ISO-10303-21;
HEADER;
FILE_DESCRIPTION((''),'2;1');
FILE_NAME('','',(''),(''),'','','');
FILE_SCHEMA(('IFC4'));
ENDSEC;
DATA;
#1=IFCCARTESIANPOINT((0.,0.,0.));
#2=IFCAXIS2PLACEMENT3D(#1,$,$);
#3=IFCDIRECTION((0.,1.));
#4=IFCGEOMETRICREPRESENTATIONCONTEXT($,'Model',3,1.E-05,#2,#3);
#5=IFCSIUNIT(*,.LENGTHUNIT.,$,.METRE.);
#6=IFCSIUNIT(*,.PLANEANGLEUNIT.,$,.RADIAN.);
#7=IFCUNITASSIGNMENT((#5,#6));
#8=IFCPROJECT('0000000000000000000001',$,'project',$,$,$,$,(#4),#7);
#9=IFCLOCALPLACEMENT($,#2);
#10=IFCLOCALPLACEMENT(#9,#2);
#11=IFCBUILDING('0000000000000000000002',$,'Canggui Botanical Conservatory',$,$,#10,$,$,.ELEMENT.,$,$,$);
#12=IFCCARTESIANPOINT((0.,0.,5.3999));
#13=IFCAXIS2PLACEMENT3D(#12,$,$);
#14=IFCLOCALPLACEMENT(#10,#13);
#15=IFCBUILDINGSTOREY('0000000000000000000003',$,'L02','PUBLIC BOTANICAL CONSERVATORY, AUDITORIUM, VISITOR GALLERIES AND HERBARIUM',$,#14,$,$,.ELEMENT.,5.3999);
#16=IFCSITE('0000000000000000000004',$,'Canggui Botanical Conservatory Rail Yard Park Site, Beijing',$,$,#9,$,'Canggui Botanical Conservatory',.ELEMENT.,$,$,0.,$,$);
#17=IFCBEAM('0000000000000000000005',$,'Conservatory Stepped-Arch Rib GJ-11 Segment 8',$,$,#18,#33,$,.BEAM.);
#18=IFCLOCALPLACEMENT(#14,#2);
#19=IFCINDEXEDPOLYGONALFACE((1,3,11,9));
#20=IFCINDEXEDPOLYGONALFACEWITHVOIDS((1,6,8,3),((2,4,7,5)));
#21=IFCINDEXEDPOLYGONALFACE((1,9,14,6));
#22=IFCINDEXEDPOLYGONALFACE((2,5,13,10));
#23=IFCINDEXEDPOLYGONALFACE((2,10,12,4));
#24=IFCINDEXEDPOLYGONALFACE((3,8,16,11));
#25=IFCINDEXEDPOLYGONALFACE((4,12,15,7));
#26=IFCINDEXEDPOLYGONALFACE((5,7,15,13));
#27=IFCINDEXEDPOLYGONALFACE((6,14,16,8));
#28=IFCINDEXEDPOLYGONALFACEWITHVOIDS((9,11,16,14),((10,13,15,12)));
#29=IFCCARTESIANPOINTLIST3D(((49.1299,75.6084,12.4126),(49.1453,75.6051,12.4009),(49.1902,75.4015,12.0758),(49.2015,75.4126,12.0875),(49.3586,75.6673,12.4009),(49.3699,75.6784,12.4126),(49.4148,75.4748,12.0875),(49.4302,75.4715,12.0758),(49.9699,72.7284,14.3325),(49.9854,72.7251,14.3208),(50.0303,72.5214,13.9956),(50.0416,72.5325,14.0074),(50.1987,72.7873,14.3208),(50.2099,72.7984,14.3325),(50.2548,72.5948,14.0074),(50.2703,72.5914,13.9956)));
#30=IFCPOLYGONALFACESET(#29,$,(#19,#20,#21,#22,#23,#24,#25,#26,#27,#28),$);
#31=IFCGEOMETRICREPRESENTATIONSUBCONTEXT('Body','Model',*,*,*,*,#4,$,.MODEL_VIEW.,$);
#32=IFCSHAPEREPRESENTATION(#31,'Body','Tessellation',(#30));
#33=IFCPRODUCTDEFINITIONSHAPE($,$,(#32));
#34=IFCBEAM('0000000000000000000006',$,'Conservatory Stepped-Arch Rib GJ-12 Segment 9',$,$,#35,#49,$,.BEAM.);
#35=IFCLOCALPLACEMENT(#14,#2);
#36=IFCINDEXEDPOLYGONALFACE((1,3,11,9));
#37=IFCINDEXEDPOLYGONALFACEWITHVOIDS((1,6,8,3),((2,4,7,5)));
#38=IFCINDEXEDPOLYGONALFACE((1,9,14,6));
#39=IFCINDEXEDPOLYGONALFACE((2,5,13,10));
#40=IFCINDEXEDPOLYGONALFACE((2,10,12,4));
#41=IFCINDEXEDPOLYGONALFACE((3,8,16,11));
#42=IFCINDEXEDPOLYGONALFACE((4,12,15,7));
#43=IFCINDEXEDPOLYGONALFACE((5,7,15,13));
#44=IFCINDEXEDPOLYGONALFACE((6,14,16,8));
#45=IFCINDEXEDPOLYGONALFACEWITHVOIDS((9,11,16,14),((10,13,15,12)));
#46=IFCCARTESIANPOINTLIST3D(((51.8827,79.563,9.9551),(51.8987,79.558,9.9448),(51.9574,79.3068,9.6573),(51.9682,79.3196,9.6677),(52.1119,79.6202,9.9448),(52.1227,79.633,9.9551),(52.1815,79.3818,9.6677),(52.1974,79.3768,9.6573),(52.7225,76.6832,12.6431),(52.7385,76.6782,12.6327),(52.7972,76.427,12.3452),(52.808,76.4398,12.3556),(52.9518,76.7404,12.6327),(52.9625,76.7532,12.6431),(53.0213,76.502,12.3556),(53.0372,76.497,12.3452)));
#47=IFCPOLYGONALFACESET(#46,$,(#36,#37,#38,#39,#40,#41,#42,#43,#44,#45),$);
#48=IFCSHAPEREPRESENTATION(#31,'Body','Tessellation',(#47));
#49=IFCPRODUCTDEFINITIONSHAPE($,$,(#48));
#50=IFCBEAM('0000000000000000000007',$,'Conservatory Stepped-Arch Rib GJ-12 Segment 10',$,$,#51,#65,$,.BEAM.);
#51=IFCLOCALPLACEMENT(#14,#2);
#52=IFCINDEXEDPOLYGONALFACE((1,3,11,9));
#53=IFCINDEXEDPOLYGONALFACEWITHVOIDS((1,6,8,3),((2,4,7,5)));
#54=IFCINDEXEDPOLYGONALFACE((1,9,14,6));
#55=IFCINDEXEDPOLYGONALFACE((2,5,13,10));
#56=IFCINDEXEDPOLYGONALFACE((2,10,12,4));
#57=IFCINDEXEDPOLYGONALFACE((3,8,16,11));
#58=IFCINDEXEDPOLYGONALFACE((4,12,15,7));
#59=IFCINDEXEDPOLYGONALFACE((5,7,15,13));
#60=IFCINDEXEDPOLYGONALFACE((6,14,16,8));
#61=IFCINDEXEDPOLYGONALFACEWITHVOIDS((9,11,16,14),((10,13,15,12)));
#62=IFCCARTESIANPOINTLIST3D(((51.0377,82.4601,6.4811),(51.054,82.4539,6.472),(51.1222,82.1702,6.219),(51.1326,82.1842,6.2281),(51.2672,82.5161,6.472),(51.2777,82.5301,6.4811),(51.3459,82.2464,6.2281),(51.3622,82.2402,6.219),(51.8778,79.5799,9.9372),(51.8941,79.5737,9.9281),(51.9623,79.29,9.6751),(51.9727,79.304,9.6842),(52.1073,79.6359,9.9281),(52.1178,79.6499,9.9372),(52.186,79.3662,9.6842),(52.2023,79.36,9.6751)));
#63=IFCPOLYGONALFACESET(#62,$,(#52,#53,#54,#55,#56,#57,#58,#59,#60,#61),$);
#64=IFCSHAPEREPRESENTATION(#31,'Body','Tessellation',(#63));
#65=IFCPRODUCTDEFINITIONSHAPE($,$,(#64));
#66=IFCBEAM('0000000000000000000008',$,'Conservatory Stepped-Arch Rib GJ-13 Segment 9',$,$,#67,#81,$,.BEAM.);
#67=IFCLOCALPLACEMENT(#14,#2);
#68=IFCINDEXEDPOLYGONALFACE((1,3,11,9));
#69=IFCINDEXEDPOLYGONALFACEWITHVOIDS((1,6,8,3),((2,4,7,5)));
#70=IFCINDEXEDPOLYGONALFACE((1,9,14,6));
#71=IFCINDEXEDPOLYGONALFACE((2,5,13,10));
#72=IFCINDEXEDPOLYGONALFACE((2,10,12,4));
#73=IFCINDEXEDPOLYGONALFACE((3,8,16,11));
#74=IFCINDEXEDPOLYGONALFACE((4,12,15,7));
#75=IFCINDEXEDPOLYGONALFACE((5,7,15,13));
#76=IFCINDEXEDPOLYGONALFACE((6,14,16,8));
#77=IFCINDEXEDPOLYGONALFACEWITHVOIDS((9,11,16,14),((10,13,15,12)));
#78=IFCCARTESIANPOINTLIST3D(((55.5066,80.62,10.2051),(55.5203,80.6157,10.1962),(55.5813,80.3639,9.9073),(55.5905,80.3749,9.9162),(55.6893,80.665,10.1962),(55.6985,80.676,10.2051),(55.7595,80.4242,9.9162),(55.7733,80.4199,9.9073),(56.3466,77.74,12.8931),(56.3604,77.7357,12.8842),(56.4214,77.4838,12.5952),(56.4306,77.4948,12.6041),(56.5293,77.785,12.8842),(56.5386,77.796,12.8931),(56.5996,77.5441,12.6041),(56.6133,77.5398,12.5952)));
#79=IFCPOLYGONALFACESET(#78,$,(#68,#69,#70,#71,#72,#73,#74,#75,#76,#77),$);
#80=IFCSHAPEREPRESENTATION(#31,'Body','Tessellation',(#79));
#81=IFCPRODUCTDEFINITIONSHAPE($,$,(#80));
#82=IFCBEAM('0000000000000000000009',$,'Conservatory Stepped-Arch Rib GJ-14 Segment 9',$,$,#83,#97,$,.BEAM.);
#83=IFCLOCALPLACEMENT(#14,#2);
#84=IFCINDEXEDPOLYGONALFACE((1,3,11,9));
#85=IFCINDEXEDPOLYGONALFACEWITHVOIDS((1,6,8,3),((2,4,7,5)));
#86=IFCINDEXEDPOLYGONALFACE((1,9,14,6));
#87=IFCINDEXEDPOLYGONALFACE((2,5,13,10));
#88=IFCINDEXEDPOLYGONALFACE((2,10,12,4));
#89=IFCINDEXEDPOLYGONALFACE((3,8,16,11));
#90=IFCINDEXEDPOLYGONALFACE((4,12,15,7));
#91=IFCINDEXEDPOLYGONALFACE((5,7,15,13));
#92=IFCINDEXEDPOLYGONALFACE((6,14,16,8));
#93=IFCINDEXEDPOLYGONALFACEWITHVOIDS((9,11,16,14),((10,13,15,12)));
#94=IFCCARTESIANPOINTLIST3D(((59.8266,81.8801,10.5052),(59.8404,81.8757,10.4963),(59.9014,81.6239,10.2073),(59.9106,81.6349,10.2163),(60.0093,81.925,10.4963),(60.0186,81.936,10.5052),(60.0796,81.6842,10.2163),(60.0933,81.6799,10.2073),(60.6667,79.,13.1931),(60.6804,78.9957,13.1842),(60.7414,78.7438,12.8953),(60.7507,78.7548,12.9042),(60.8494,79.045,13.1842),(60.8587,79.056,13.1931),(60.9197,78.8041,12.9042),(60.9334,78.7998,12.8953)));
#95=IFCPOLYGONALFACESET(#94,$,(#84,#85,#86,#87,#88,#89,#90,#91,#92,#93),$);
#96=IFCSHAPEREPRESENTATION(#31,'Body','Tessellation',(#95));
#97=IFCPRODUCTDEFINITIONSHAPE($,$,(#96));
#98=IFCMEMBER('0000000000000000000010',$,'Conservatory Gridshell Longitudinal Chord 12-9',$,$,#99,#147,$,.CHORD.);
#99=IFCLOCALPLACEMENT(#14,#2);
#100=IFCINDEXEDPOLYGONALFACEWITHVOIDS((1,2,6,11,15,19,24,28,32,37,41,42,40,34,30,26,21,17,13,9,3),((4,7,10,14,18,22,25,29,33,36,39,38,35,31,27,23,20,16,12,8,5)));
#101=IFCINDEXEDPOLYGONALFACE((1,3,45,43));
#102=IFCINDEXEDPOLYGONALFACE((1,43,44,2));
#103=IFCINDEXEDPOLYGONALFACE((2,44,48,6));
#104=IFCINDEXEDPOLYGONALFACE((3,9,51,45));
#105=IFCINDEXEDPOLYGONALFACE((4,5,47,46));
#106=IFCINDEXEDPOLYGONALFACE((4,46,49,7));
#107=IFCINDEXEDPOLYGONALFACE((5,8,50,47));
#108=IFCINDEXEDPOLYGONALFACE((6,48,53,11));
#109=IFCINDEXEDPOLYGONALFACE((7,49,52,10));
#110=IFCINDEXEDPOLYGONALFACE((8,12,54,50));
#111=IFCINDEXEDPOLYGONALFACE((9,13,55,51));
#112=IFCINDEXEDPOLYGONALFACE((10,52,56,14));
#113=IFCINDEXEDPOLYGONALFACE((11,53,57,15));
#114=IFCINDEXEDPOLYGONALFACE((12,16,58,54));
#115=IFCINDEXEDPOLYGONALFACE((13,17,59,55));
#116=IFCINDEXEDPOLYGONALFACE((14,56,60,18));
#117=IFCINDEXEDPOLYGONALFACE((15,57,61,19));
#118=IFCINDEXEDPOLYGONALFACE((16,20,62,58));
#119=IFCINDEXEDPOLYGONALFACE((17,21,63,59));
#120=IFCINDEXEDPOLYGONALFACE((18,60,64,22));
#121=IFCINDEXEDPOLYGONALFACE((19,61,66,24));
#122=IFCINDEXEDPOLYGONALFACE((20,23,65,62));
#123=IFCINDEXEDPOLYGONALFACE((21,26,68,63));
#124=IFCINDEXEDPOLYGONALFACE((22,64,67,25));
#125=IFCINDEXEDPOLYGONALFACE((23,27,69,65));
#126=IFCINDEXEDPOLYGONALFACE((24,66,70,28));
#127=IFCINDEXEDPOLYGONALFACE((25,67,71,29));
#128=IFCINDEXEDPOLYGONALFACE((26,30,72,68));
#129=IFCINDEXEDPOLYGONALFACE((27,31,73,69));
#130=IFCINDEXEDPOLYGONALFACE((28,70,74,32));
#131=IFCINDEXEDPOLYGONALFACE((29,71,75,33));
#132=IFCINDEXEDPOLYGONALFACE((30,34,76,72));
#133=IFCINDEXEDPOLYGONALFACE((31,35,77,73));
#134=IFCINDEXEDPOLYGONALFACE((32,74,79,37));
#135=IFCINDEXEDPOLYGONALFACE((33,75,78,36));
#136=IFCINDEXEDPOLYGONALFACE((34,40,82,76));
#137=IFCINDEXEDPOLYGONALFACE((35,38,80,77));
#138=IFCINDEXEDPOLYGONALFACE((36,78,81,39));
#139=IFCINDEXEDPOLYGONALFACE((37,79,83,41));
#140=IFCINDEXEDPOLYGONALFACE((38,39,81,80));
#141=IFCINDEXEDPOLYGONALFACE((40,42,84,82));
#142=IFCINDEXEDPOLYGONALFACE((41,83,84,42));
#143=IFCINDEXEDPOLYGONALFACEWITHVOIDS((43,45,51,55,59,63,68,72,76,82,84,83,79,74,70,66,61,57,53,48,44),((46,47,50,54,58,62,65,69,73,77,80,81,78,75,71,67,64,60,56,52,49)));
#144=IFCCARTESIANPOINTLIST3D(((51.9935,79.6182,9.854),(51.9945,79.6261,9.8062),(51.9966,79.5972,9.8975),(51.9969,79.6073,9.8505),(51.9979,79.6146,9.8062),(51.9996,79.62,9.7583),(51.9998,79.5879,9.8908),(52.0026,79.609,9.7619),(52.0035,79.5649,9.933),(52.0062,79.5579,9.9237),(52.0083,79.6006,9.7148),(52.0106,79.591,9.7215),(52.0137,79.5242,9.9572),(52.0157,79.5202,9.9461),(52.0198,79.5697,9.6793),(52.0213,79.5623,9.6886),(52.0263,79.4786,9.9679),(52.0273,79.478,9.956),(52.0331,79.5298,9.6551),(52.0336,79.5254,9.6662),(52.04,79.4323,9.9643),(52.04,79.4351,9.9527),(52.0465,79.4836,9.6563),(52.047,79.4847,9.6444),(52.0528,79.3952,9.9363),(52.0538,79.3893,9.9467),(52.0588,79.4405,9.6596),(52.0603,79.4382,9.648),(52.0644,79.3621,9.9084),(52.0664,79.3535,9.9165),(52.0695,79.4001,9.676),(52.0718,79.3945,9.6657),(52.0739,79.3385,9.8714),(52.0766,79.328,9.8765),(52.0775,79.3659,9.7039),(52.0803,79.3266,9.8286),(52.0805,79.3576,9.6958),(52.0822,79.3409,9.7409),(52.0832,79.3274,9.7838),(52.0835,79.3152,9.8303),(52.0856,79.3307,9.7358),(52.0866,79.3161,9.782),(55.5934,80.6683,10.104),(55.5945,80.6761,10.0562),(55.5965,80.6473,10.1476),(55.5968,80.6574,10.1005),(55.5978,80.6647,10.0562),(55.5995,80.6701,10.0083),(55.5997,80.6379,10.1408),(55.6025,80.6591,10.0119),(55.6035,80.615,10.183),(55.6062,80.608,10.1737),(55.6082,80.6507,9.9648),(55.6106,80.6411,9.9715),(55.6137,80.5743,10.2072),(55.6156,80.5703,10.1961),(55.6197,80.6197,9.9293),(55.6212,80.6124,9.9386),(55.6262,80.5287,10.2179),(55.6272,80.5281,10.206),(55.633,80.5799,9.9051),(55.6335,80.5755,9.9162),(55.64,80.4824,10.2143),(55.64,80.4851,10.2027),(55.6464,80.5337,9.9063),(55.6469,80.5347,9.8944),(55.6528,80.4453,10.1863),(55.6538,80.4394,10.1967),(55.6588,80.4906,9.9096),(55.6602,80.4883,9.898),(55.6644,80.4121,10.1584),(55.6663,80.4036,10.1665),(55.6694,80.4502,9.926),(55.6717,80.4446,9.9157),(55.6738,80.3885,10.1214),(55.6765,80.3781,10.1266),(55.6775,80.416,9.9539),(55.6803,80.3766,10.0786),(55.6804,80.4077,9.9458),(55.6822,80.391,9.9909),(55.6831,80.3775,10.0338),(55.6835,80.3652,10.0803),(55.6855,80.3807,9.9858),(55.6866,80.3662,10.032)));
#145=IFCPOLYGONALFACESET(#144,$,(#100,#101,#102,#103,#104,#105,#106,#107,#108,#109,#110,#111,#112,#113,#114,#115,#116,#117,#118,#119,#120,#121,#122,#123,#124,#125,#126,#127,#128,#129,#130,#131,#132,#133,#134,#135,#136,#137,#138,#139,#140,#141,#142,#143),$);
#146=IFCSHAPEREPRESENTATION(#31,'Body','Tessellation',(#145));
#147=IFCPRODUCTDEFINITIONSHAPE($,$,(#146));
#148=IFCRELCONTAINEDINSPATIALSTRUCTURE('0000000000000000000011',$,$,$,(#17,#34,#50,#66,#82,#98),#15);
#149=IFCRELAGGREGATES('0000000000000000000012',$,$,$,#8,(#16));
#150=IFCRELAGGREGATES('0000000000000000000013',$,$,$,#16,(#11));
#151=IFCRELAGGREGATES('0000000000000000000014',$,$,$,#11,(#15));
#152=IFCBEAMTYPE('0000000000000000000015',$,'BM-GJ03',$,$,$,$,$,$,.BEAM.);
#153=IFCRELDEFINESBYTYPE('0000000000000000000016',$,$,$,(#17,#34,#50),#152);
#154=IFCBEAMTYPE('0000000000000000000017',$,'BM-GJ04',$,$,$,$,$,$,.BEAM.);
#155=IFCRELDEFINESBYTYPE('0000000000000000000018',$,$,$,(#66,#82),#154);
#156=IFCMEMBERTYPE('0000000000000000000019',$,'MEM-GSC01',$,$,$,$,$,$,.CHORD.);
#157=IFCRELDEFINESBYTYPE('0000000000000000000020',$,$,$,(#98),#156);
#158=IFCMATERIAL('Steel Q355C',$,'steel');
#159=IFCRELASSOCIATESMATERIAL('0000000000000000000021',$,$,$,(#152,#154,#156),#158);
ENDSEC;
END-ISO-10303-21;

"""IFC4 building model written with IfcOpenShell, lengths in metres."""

from ifc_helpers import new_model, si_unit, direction, frame, origin, origin_2d, place, context, subcontext, project, spatial, hollow_rectangle, hollow_circle, extrude, material, material_profile, profile_set, type_object, element, save


model = new_model("IFC4")

# Units and contexts
model_context = context("Model", 3, precision=1e-05, world=origin(), true_north=direction((0.0, 1.0)))
body_context = subcontext(model_context, "Body", "Model", "MODEL_VIEW")
ifc_project = project(units=[si_unit("LENGTHUNIT", "METRE"), si_unit("PLANEANGLEUNIT", "RADIAN")], contexts=[model_context])

# Site, building, storey
site_placement = place(None, origin())
site = spatial("IfcSite", under=ifc_project, at=site_placement, Name="Canggui Botanical Conservatory Rail Yard Park Site, Beijing", LongName="Canggui Botanical Conservatory", CompositionType="ELEMENT", RefElevation=0.0)
building_placement = place(site_placement, origin())
building = spatial("IfcBuilding", under=site, at=building_placement, Name="Canggui Botanical Conservatory", CompositionType="ELEMENT")
storey_placement = place(building_placement, frame((0.0, 0.0, 5.3999)))
storey = spatial("IfcBuildingStorey", under=building, at=storey_placement, Name="L02", Description="PUBLIC BOTANICAL CONSERVATORY, AUDITORIUM, VISITOR GALLERIES AND HERBARIUM", CompositionType="ELEMENT", Elevation=5.3999)

# Beams
ifc_material_1 = material(Name="Steel Q355C", Category="steel")
ifc_material_profile_1 = material_profile(ifc_material_1, hollow_rectangle(XDim=0.25, YDim=0.3999, WallThickness=0.0139, at=origin_2d()), Name="RHS 250x400x14")
ifc_profile_set_1 = profile_set([ifc_material_profile_1], Name="Steel Q355C")
beam_type_1 = type_object("IfcBeamType", Name="BM-GJ03", PredefinedType="BEAM", material=ifc_profile_set_1)
beam_1_placement = place(storey_placement, frame((50.1201, 72.6599, 14.1641), z_axis=(-0.235855, 0.808598, -0.539019), x_axis=(-0.959995, -0.280016, 0.0)))
element("IfcBeam", 1, at=beam_1_placement, inside=storey, type_object=beam_type_1, Name="Conservatory Stepped-Arch Rib GJ-11 Segment 8", PredefinedType="BEAM", context=body_context, shape_type="SweptSolid", body=[
    extrude(hollow_rectangle(XDim=0.25, YDim=0.3999, WallThickness=0.0139, at=origin_2d()), origin(), (0.0, 0.0, 1.0), 3.5618),
])
beam_2_placement = place(storey_placement, frame((52.8799, 76.5901, 12.4941), z_axis=(-0.208504, 0.714976, -0.667335), x_axis=(-0.960011, -0.279962, 0.0)))
element("IfcBeam", 2, at=beam_2_placement, inside=storey, type_object=beam_type_1, Name="Conservatory Stepped-Arch Rib GJ-12 Segment 9", PredefinedType="BEAM", context=body_context, shape_type="SweptSolid", body=[
    extrude(hollow_rectangle(XDim=0.25, YDim=0.3999, WallThickness=0.0139, at=origin_2d()), origin(), (0.0, 0.0, 1.0), 4.0278),
])
beam_3_placement = place(storey_placement, frame((52.04, 79.47, 9.8062), z_axis=(-0.183562, 0.629317, -0.755159), x_axis=(-0.959995, -0.280016, 0.0)))
element("IfcBeam", 3, at=beam_3_placement, inside=storey, type_object=beam_type_1, Name="Conservatory Stepped-Arch Rib GJ-12 Segment 10", PredefinedType="BEAM", context=body_context, shape_type="SweptSolid", body=[
    extrude(hollow_rectangle(XDim=0.25, YDim=0.3999, WallThickness=0.0139, at=origin_2d()), origin(), (0.0, 0.0, 1.0), 4.5767),
])
ifc_material_profile_2 = material_profile(ifc_material_1, hollow_rectangle(XDim=0.2, YDim=0.3999, WallThickness=0.012, at=origin_2d()), Name="RHS 200x400x12")
ifc_profile_set_2 = profile_set([ifc_material_profile_2], Name="Steel Q355C")
beam_type_2 = type_object("IfcBeamType", Name="BM-GJ04", PredefinedType="BEAM", material=ifc_profile_set_2)
for number, where, z_axis, x_axis, name in (
    (4, (56.48, 77.6399, 12.7441), (-0.208553, 0.714996, -0.667297), (-0.959995, -0.280016, 0.0), "Conservatory Stepped-Arch Rib GJ-13 Segment 9"),
    (5, (60.8, 78.8999, 13.0442), (-0.208553, 0.714996, -0.667297), (-0.959995, -0.280016, 0.0), "Conservatory Stepped-Arch Rib GJ-14 Segment 9"),
):
    element("IfcBeam", number, at=place(storey_placement, frame(where, z_axis=z_axis, x_axis=x_axis)), inside=storey, type_object=beam_type_2, Name=name, PredefinedType="BEAM", context=body_context, shape_type="SweptSolid", body=[
        extrude(hollow_rectangle(XDim=0.2, YDim=0.3999, WallThickness=0.012, at=origin_2d()), origin(), (0.0, 0.0, 1.0), 4.0281),
    ])

# Member
ifc_material_profile_3 = material_profile(ifc_material_1, hollow_circle(Radius=0.1626, WallThickness=0.012, at=origin_2d()), Name="CHS 325x12")
ifc_profile_set_3 = profile_set([ifc_material_profile_3], Name="Steel Q355C")
member_type_1 = type_object("IfcMemberType", Name="MEM-GSC01", PredefinedType="CHORD", material=ifc_profile_set_3)
member_1_placement = place(storey_placement, frame((52.04, 79.47, 9.8062), z_axis=(0.957867, 0.279402, 0.066521), x_axis=(-0.280023, 0.959993, 0.0)))
element("IfcMember", 6, at=member_1_placement, inside=storey, type_object=member_type_1, Name="Conservatory Gridshell Longitudinal Chord 12-9", PredefinedType="CHORD", context=body_context, shape_type="SweptSolid", body=[
    extrude(hollow_circle(Radius=0.1626, WallThickness=0.012, at=origin_2d()), origin(), (0.0, 0.0, 1.0), 3.7583),
])

save(model, "model.ifc")
